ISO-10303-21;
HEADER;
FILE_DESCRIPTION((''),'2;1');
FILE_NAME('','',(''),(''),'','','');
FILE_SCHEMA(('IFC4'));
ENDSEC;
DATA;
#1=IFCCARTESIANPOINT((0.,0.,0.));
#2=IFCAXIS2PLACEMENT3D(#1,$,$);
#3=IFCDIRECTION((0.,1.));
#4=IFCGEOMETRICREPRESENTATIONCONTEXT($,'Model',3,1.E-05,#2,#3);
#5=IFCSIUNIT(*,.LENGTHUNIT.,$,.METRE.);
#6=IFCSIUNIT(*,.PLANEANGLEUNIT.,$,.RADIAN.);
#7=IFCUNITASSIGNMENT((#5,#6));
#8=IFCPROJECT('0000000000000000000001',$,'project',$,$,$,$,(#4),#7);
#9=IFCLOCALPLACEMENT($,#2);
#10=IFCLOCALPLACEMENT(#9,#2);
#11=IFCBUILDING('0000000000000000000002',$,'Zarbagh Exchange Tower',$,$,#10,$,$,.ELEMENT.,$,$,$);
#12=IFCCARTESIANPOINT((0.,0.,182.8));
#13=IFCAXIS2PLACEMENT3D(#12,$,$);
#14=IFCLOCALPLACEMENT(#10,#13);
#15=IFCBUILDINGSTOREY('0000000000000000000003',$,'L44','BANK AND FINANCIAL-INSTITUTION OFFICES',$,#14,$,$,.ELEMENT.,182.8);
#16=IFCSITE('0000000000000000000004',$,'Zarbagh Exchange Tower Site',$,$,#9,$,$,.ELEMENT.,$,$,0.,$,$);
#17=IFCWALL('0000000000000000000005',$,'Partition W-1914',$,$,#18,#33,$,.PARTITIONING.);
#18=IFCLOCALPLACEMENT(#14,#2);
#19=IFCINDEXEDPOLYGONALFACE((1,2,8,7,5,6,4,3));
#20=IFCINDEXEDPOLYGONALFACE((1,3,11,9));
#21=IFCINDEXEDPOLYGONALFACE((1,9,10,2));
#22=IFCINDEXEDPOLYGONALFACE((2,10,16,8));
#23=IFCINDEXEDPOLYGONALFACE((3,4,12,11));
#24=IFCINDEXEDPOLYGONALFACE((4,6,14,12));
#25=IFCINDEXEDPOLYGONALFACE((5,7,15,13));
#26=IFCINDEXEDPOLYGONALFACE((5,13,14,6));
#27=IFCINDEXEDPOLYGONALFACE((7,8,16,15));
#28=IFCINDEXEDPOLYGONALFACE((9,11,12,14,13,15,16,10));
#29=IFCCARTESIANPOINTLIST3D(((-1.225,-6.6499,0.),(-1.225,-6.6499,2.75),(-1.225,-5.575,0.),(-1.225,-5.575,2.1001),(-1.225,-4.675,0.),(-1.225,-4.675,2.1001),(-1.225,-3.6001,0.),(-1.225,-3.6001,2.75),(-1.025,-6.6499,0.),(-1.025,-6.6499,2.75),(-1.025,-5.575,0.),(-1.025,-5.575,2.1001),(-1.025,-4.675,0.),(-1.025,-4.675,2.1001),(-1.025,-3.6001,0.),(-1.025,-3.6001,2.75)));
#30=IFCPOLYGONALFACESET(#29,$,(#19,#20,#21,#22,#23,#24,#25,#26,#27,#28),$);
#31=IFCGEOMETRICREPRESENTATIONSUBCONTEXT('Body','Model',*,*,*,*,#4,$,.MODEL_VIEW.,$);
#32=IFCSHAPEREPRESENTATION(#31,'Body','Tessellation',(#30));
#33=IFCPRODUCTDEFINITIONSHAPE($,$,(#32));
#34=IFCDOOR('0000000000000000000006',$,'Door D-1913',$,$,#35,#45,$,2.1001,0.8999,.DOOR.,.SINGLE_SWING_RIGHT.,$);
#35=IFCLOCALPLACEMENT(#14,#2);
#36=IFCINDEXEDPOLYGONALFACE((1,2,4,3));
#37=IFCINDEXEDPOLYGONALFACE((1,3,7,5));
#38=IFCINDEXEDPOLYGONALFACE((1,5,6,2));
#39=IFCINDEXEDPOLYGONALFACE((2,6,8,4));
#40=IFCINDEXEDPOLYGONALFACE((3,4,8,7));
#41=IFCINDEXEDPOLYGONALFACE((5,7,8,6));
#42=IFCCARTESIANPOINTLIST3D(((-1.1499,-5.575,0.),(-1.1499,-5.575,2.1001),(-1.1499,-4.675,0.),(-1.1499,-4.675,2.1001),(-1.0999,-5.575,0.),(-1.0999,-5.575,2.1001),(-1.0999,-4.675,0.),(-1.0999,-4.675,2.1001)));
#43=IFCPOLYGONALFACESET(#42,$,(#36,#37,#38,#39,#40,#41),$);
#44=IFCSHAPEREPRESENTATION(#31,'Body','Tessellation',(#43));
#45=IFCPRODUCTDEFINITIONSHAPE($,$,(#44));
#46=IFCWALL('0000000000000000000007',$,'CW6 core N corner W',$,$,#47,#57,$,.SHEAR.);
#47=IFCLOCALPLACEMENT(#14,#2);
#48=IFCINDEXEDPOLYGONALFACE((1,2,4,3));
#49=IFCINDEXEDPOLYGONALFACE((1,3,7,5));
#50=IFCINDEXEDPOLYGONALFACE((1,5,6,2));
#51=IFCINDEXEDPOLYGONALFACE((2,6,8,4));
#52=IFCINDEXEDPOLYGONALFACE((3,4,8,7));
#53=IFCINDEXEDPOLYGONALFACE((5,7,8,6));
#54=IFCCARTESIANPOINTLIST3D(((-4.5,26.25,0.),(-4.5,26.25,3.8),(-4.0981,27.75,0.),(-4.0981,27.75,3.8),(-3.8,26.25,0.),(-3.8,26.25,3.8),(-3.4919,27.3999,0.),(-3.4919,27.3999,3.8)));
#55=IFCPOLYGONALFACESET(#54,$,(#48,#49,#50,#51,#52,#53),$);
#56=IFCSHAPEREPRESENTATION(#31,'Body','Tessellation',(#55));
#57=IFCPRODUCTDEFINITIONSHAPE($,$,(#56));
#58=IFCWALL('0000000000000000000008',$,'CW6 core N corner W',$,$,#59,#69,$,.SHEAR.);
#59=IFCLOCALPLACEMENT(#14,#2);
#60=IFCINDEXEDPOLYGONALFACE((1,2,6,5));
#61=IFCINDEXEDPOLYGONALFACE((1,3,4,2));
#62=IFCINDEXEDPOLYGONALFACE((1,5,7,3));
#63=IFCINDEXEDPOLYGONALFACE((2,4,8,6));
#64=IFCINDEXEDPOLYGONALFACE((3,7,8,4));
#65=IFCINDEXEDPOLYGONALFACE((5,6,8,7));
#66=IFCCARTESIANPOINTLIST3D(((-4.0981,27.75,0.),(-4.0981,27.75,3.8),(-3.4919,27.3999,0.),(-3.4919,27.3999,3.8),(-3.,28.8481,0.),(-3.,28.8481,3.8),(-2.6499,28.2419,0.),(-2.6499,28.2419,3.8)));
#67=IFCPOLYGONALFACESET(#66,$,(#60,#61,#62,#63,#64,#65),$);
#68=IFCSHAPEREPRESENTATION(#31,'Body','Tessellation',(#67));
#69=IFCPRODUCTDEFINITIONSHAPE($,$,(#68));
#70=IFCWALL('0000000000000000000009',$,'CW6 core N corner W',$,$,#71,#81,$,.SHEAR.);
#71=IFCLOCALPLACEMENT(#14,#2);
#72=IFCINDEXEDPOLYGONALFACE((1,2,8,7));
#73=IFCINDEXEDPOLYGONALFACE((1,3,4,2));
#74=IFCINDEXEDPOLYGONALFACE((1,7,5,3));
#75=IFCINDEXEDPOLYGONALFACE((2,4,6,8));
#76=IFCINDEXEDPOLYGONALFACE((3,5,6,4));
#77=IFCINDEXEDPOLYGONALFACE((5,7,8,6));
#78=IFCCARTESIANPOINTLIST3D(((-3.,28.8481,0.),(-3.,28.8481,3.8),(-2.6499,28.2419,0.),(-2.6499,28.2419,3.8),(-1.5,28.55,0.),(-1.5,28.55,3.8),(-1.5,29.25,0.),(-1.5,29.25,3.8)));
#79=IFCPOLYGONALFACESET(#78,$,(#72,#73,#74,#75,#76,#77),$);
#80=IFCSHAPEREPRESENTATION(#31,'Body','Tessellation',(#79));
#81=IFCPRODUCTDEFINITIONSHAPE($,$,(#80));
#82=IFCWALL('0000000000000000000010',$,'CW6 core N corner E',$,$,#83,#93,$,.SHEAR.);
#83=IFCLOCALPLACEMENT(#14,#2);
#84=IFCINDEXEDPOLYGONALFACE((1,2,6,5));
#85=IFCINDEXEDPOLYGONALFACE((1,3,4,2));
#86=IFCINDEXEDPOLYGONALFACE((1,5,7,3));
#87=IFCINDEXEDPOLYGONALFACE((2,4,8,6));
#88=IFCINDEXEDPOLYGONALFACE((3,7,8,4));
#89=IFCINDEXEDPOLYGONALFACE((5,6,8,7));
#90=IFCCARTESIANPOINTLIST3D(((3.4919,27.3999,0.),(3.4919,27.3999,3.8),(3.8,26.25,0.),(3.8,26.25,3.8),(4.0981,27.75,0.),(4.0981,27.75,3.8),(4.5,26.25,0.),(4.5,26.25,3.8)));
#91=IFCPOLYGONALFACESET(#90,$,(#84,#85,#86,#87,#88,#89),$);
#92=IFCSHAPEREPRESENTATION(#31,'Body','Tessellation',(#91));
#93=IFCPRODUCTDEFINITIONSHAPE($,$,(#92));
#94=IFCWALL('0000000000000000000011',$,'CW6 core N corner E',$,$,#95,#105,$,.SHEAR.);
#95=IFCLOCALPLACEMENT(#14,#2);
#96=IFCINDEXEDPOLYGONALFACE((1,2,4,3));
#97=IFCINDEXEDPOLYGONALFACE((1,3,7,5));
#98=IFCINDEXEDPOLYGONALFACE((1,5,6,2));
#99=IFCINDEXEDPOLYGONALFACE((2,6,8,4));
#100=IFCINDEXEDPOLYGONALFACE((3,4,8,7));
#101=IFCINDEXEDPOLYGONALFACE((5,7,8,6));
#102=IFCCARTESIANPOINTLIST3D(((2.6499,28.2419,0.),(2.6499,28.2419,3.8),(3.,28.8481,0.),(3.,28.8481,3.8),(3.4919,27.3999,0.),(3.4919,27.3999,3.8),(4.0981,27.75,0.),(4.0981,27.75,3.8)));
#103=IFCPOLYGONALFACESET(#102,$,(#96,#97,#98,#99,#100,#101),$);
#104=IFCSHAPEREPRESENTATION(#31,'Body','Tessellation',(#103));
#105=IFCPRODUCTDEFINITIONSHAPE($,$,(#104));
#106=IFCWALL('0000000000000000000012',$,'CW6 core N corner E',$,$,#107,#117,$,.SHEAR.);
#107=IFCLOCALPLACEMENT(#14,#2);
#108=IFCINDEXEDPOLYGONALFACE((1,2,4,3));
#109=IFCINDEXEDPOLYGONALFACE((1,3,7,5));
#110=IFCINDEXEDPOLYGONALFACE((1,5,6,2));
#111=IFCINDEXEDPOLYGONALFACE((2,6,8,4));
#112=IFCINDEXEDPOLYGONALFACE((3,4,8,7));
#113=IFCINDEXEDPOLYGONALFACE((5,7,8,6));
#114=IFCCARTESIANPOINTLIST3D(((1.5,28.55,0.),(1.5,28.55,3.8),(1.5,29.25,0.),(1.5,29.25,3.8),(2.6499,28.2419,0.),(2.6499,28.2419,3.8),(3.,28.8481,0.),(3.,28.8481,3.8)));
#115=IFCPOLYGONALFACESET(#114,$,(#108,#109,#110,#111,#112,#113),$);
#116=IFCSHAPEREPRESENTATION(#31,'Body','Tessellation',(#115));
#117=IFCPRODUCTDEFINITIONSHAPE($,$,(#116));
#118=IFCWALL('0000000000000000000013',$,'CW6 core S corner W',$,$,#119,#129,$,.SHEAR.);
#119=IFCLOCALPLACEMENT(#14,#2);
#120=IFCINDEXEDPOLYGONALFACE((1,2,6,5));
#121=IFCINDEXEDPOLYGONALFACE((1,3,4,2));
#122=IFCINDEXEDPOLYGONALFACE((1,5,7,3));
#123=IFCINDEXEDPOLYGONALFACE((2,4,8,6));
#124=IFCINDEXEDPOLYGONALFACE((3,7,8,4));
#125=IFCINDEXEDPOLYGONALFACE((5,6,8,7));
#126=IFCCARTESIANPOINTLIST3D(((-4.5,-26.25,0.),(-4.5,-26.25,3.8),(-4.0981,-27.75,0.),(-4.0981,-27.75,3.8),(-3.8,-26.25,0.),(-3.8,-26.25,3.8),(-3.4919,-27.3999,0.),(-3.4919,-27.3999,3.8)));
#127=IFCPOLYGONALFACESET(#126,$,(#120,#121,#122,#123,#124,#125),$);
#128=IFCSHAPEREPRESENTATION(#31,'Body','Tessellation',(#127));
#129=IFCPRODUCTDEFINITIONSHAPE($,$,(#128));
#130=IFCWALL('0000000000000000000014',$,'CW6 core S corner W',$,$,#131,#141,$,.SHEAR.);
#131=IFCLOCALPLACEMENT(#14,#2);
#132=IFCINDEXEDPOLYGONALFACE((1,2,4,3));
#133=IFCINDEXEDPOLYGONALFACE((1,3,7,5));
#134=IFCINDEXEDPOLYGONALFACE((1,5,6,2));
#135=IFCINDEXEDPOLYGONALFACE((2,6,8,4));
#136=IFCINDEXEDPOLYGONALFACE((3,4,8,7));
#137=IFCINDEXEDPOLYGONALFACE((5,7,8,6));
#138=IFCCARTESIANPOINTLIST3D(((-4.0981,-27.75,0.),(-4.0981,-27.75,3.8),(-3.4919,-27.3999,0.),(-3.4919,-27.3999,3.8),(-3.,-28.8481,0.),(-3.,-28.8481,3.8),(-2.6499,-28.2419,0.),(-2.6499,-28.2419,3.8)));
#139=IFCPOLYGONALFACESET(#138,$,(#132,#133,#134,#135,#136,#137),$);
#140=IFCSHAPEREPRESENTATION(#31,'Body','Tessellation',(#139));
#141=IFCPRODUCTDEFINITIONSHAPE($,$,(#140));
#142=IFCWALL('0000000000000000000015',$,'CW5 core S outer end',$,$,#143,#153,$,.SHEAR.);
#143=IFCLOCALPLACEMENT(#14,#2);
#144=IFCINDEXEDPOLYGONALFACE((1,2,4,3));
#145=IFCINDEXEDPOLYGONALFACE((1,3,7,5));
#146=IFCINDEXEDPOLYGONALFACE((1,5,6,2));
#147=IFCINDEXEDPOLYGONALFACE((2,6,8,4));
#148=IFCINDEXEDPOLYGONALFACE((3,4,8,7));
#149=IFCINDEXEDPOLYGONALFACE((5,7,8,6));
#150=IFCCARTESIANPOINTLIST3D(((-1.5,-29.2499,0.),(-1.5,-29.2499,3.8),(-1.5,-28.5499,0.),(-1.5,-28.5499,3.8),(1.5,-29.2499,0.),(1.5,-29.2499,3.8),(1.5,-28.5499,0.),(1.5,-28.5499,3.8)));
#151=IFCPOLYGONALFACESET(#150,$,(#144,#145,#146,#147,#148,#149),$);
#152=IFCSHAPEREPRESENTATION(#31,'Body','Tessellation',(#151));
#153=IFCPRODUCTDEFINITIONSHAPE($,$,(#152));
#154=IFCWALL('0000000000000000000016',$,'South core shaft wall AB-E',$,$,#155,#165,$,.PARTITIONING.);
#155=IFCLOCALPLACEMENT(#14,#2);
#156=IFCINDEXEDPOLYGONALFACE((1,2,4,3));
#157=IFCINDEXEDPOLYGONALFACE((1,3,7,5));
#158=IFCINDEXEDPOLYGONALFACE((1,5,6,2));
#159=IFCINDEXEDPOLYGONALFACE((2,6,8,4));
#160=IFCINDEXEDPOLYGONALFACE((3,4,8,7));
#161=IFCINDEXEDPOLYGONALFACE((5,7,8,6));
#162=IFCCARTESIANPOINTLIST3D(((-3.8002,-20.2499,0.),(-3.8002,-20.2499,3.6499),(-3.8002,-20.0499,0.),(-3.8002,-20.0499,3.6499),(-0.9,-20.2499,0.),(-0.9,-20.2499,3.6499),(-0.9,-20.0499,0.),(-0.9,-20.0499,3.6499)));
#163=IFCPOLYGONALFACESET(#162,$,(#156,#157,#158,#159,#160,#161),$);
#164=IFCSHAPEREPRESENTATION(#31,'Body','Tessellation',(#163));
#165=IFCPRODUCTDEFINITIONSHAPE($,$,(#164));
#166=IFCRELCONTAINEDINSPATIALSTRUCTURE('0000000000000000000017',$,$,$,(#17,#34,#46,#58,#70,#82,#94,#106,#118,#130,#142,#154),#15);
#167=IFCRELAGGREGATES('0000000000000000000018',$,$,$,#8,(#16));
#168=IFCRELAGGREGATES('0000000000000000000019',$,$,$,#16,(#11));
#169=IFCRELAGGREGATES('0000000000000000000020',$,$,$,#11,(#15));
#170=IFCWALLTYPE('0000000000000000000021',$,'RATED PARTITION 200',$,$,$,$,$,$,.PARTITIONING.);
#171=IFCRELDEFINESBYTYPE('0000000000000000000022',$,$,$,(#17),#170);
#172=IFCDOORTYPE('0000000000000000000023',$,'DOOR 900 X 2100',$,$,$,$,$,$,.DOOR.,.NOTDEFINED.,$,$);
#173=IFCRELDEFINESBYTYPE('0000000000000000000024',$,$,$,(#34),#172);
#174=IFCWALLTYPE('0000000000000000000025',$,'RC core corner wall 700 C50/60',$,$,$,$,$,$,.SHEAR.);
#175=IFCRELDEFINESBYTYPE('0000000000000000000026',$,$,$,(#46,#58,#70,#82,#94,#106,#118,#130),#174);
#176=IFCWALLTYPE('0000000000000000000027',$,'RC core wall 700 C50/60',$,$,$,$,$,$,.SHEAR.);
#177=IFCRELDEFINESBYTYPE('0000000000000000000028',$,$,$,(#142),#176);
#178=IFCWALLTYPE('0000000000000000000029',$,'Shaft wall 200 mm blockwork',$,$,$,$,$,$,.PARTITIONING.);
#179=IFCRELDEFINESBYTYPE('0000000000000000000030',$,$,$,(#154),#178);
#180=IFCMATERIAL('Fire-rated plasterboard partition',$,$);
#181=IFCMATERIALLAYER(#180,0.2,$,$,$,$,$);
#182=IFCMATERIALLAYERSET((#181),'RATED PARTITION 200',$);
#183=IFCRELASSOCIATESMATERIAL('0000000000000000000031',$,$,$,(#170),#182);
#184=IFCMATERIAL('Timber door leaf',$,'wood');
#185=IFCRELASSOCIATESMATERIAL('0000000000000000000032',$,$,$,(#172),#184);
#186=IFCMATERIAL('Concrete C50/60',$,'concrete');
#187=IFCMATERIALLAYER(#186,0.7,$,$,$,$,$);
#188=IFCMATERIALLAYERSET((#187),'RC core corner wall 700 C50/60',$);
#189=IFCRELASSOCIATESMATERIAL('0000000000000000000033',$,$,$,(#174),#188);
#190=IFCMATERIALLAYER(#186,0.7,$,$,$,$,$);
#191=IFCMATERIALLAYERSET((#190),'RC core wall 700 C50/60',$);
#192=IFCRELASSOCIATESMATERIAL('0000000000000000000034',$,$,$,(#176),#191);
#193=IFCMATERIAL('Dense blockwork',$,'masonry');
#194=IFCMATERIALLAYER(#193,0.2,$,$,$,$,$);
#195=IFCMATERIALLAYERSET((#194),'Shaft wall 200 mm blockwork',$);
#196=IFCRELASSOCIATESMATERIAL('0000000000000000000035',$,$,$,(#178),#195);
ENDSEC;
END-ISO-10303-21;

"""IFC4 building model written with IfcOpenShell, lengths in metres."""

from ifc_helpers import new_model, si_unit, direction, frame, frame_2d, origin, place, context, subcontext, project, spatial, polyline, rectangle, outline, extrude, material, layer, layer_set, type_object, element, fill, save


model = new_model("IFC4")

# Units and contexts
model_context = context("Model", 3, precision=1e-05, world=origin(), true_north=direction((0.0, 1.0)))
body_context = subcontext(model_context, "Body", "Model", "MODEL_VIEW")
ifc_project = project(units=[si_unit("LENGTHUNIT", "METRE"), si_unit("PLANEANGLEUNIT", "RADIAN")], contexts=[model_context])

# Site, building, storey
site_placement = place(None, origin())
site = spatial("IfcSite", under=ifc_project, at=site_placement, Name="Zarbagh Exchange Tower Site", CompositionType="ELEMENT", RefElevation=0.0)
building_placement = place(site_placement, origin())
building = spatial("IfcBuilding", under=site, at=building_placement, Name="Zarbagh Exchange Tower", CompositionType="ELEMENT")
storey_placement = place(building_placement, frame((0.0, 0.0, 182.8)))
storey = spatial("IfcBuildingStorey", under=building, at=storey_placement, Name="L44", Description="BANK AND FINANCIAL-INSTITUTION OFFICES", CompositionType="ELEMENT", Elevation=182.8)

# Shared definitions
ifc_material_1 = material(Name="Dense blockwork", Category="masonry")

# Shared definitions
ifc_material_2 = material(Name="Fire-rated plasterboard partition")
ifc_layer_1 = layer(ifc_material_2, 0.2)
ifc_layer_set_1 = layer_set([ifc_layer_1], Name="RATED PARTITION 200")
wall_type_1 = type_object("IfcWallType", Name="RATED PARTITION 200", PredefinedType="PARTITIONING", material=ifc_layer_set_1)
ifc_material_3 = material(Name="Timber door leaf", Category="wood")
door_type_1 = type_object("IfcDoorType", Name="DOOR 900 X 2100", OperationType="NOTDEFINED", PredefinedType="DOOR", material=ifc_material_3)

# Wall, opening, door
wall_1_placement = place(storey_placement, frame((-1.125, -6.6499, 0.0), z_axis=(0.0, 0.0, 1.0), x_axis=(0.0, 1.0, 0.0)))
wall_1 = element("IfcWall", 1, at=wall_1_placement, inside=storey, type_object=wall_type_1, Name="Partition W-1914", PredefinedType="PARTITIONING", context=body_context, shape_type="SweptSolid", body=[
    extrude(rectangle(XDim=3.0498, YDim=0.2, at=frame_2d((1.5249, 0.0))), origin(), (0.0, 0.0, 1.0), 2.75),
])
opening_1_placement = place(wall_1_placement, frame((1.075, 0.0, 0.0)))
opening_1 = element("IfcOpeningElement", 2, at=opening_1_placement, cuts=wall_1, PredefinedType="OPENING", context=body_context, shape_type="SweptSolid", body=[
    extrude(rectangle(XDim=0.8999, YDim=2.1001, at=frame_2d((0.45, 1.05))), frame((0.0, 0.1099, 0.0), z_axis=(0.0, -1.0, 0.0), x_axis=(1.0, 0.0, 0.0)), (0.0, 0.0, 1.0), 0.22),
])
door_1_placement = place(opening_1_placement, origin())
door_1 = element("IfcDoor", 3, at=door_1_placement, inside=storey, type_object=door_type_1, Name="Door D-1913", OperationType="SINGLE_SWING_RIGHT", OverallHeight=2.1001, OverallWidth=0.8999, PredefinedType="DOOR", context=body_context, shape_type="SweptSolid", body=[
    extrude(rectangle(XDim=0.8999, YDim=2.1001, at=frame_2d((0.45, 1.05))), frame((0.0, 0.0249, 0.0), z_axis=(0.0, -1.0, 0.0), x_axis=(1.0, 0.0, 0.0)), (0.0, 0.0, 1.0), 0.05),
])
fill(opening_1, door_1)

# Walls
ifc_material_4 = material(Name="Concrete C50/60", Category="concrete")
ifc_layer_2 = layer(ifc_material_4, 0.7)
ifc_layer_set_2 = layer_set([ifc_layer_2], Name="RC core corner wall 700 C50/60")
wall_type_2 = type_object("IfcWallType", Name="RC core corner wall 700 C50/60", PredefinedType="SHEAR", material=ifc_layer_set_2)
wall_2_placement = place(storey_placement, origin())
element("IfcWall", 4, at=wall_2_placement, inside=storey, type_object=wall_type_2, Name="CW6 core N corner W", PredefinedType="SHEAR", context=body_context, shape_type="SweptSolid", body=[
    extrude(outline(polyline([(-4.5, 26.25), (-4.0981, 27.75), (-3.4919, 27.3999), (-3.8, 26.25), (-4.5, 26.25)])), origin(), (0.0, 0.0, 1.0), 3.8),
])
wall_3_placement = place(storey_placement, origin())
element("IfcWall", 5, at=wall_3_placement, inside=storey, type_object=wall_type_2, Name="CW6 core N corner W", PredefinedType="SHEAR", context=body_context, shape_type="SweptSolid", body=[
    extrude(outline(polyline([(-4.0981, 27.75), (-3.0, 28.8481), (-2.6499, 28.2419), (-3.4919, 27.3999), (-4.0981, 27.75)])), origin(), (0.0, 0.0, 1.0), 3.8),
])
wall_4_placement = place(storey_placement, origin())
element("IfcWall", 6, at=wall_4_placement, inside=storey, type_object=wall_type_2, Name="CW6 core N corner W", PredefinedType="SHEAR", context=body_context, shape_type="SweptSolid", body=[
    extrude(outline(polyline([(-3.0, 28.8481), (-1.5, 29.25), (-1.5, 28.55), (-2.6499, 28.2419), (-3.0, 28.8481)])), origin(), (0.0, 0.0, 1.0), 3.8),
])
wall_5_placement = place(storey_placement, origin())
element("IfcWall", 7, at=wall_5_placement, inside=storey, type_object=wall_type_2, Name="CW6 core N corner E", PredefinedType="SHEAR", context=body_context, shape_type="SweptSolid", body=[
    extrude(outline(polyline([(4.5, 26.25), (4.0981, 27.75), (3.4919, 27.3999), (3.8, 26.25), (4.5, 26.25)])), origin(), (0.0, 0.0, 1.0), 3.8),
])
wall_6_placement = place(storey_placement, origin())
element("IfcWall", 8, at=wall_6_placement, inside=storey, type_object=wall_type_2, Name="CW6 core N corner E", PredefinedType="SHEAR", context=body_context, shape_type="SweptSolid", body=[
    extrude(outline(polyline([(4.0981, 27.75), (3.0, 28.8481), (2.6499, 28.2419), (3.4919, 27.3999), (4.0981, 27.75)])), origin(), (0.0, 0.0, 1.0), 3.8),
])
wall_7_placement = place(storey_placement, origin())
element("IfcWall", 9, at=wall_7_placement, inside=storey, type_object=wall_type_2, Name="CW6 core N corner E", PredefinedType="SHEAR", context=body_context, shape_type="SweptSolid", body=[
    extrude(outline(polyline([(3.0, 28.8481), (1.5, 29.25), (1.5, 28.55), (2.6499, 28.2419), (3.0, 28.8481)])), origin(), (0.0, 0.0, 1.0), 3.8),
])
wall_8_placement = place(storey_placement, origin())
element("IfcWall", 10, at=wall_8_placement, inside=storey, type_object=wall_type_2, Name="CW6 core S corner W", PredefinedType="SHEAR", context=body_context, shape_type="SweptSolid", body=[
    extrude(outline(polyline([(-4.5, -26.25), (-4.0981, -27.75), (-3.4919, -27.3999), (-3.8, -26.25), (-4.5, -26.25)])), origin(), (0.0, 0.0, 1.0), 3.8),
])
wall_9_placement = place(storey_placement, origin())
element("IfcWall", 11, at=wall_9_placement, inside=storey, type_object=wall_type_2, Name="CW6 core S corner W", PredefinedType="SHEAR", context=body_context, shape_type="SweptSolid", body=[
    extrude(outline(polyline([(-4.0981, -27.75), (-3.0, -28.8481), (-2.6499, -28.2419), (-3.4919, -27.3999), (-4.0981, -27.75)])), origin(), (0.0, 0.0, 1.0), 3.8),
])
ifc_layer_3 = layer(ifc_material_4, 0.7)
ifc_layer_set_3 = layer_set([ifc_layer_3], Name="RC core wall 700 C50/60")
wall_type_3 = type_object("IfcWallType", Name="RC core wall 700 C50/60", PredefinedType="SHEAR", material=ifc_layer_set_3)
wall_10_placement = place(storey_placement, frame((-1.5, -28.8999, 0.0), z_axis=(0.0, 0.0, 1.0), x_axis=(1.0, 0.0, 0.0)))
element("IfcWall", 12, at=wall_10_placement, inside=storey, type_object=wall_type_3, Name="CW5 core S outer end", PredefinedType="SHEAR", context=body_context, shape_type="SweptSolid", body=[
    extrude(rectangle(XDim=3.0, YDim=0.7, at=frame_2d((1.5, 0.0))), origin(), (0.0, 0.0, 1.0), 3.8),
])
ifc_layer_4 = layer(ifc_material_1, 0.2)
ifc_layer_set_4 = layer_set([ifc_layer_4], Name="Shaft wall 200 mm blockwork")
wall_type_4 = type_object("IfcWallType", Name="Shaft wall 200 mm blockwork", PredefinedType="PARTITIONING", material=ifc_layer_set_4)
wall_11_placement = place(storey_placement, frame((-0.8999, -20.1499, 0.0), z_axis=(0.0, 0.0, 1.0), x_axis=(-1.0, 0.0, 0.0)))
element("IfcWall", 13, at=wall_11_placement, inside=storey, type_object=wall_type_4, Name="South core shaft wall AB-E", PredefinedType="PARTITIONING", context=body_context, shape_type="SweptSolid", body=[
    extrude(rectangle(XDim=2.9001, YDim=0.2, at=frame_2d((1.4502, 0.0))), origin(), (0.0, 0.0, 1.0), 3.6499),
])

save(model, "model.ifc")
